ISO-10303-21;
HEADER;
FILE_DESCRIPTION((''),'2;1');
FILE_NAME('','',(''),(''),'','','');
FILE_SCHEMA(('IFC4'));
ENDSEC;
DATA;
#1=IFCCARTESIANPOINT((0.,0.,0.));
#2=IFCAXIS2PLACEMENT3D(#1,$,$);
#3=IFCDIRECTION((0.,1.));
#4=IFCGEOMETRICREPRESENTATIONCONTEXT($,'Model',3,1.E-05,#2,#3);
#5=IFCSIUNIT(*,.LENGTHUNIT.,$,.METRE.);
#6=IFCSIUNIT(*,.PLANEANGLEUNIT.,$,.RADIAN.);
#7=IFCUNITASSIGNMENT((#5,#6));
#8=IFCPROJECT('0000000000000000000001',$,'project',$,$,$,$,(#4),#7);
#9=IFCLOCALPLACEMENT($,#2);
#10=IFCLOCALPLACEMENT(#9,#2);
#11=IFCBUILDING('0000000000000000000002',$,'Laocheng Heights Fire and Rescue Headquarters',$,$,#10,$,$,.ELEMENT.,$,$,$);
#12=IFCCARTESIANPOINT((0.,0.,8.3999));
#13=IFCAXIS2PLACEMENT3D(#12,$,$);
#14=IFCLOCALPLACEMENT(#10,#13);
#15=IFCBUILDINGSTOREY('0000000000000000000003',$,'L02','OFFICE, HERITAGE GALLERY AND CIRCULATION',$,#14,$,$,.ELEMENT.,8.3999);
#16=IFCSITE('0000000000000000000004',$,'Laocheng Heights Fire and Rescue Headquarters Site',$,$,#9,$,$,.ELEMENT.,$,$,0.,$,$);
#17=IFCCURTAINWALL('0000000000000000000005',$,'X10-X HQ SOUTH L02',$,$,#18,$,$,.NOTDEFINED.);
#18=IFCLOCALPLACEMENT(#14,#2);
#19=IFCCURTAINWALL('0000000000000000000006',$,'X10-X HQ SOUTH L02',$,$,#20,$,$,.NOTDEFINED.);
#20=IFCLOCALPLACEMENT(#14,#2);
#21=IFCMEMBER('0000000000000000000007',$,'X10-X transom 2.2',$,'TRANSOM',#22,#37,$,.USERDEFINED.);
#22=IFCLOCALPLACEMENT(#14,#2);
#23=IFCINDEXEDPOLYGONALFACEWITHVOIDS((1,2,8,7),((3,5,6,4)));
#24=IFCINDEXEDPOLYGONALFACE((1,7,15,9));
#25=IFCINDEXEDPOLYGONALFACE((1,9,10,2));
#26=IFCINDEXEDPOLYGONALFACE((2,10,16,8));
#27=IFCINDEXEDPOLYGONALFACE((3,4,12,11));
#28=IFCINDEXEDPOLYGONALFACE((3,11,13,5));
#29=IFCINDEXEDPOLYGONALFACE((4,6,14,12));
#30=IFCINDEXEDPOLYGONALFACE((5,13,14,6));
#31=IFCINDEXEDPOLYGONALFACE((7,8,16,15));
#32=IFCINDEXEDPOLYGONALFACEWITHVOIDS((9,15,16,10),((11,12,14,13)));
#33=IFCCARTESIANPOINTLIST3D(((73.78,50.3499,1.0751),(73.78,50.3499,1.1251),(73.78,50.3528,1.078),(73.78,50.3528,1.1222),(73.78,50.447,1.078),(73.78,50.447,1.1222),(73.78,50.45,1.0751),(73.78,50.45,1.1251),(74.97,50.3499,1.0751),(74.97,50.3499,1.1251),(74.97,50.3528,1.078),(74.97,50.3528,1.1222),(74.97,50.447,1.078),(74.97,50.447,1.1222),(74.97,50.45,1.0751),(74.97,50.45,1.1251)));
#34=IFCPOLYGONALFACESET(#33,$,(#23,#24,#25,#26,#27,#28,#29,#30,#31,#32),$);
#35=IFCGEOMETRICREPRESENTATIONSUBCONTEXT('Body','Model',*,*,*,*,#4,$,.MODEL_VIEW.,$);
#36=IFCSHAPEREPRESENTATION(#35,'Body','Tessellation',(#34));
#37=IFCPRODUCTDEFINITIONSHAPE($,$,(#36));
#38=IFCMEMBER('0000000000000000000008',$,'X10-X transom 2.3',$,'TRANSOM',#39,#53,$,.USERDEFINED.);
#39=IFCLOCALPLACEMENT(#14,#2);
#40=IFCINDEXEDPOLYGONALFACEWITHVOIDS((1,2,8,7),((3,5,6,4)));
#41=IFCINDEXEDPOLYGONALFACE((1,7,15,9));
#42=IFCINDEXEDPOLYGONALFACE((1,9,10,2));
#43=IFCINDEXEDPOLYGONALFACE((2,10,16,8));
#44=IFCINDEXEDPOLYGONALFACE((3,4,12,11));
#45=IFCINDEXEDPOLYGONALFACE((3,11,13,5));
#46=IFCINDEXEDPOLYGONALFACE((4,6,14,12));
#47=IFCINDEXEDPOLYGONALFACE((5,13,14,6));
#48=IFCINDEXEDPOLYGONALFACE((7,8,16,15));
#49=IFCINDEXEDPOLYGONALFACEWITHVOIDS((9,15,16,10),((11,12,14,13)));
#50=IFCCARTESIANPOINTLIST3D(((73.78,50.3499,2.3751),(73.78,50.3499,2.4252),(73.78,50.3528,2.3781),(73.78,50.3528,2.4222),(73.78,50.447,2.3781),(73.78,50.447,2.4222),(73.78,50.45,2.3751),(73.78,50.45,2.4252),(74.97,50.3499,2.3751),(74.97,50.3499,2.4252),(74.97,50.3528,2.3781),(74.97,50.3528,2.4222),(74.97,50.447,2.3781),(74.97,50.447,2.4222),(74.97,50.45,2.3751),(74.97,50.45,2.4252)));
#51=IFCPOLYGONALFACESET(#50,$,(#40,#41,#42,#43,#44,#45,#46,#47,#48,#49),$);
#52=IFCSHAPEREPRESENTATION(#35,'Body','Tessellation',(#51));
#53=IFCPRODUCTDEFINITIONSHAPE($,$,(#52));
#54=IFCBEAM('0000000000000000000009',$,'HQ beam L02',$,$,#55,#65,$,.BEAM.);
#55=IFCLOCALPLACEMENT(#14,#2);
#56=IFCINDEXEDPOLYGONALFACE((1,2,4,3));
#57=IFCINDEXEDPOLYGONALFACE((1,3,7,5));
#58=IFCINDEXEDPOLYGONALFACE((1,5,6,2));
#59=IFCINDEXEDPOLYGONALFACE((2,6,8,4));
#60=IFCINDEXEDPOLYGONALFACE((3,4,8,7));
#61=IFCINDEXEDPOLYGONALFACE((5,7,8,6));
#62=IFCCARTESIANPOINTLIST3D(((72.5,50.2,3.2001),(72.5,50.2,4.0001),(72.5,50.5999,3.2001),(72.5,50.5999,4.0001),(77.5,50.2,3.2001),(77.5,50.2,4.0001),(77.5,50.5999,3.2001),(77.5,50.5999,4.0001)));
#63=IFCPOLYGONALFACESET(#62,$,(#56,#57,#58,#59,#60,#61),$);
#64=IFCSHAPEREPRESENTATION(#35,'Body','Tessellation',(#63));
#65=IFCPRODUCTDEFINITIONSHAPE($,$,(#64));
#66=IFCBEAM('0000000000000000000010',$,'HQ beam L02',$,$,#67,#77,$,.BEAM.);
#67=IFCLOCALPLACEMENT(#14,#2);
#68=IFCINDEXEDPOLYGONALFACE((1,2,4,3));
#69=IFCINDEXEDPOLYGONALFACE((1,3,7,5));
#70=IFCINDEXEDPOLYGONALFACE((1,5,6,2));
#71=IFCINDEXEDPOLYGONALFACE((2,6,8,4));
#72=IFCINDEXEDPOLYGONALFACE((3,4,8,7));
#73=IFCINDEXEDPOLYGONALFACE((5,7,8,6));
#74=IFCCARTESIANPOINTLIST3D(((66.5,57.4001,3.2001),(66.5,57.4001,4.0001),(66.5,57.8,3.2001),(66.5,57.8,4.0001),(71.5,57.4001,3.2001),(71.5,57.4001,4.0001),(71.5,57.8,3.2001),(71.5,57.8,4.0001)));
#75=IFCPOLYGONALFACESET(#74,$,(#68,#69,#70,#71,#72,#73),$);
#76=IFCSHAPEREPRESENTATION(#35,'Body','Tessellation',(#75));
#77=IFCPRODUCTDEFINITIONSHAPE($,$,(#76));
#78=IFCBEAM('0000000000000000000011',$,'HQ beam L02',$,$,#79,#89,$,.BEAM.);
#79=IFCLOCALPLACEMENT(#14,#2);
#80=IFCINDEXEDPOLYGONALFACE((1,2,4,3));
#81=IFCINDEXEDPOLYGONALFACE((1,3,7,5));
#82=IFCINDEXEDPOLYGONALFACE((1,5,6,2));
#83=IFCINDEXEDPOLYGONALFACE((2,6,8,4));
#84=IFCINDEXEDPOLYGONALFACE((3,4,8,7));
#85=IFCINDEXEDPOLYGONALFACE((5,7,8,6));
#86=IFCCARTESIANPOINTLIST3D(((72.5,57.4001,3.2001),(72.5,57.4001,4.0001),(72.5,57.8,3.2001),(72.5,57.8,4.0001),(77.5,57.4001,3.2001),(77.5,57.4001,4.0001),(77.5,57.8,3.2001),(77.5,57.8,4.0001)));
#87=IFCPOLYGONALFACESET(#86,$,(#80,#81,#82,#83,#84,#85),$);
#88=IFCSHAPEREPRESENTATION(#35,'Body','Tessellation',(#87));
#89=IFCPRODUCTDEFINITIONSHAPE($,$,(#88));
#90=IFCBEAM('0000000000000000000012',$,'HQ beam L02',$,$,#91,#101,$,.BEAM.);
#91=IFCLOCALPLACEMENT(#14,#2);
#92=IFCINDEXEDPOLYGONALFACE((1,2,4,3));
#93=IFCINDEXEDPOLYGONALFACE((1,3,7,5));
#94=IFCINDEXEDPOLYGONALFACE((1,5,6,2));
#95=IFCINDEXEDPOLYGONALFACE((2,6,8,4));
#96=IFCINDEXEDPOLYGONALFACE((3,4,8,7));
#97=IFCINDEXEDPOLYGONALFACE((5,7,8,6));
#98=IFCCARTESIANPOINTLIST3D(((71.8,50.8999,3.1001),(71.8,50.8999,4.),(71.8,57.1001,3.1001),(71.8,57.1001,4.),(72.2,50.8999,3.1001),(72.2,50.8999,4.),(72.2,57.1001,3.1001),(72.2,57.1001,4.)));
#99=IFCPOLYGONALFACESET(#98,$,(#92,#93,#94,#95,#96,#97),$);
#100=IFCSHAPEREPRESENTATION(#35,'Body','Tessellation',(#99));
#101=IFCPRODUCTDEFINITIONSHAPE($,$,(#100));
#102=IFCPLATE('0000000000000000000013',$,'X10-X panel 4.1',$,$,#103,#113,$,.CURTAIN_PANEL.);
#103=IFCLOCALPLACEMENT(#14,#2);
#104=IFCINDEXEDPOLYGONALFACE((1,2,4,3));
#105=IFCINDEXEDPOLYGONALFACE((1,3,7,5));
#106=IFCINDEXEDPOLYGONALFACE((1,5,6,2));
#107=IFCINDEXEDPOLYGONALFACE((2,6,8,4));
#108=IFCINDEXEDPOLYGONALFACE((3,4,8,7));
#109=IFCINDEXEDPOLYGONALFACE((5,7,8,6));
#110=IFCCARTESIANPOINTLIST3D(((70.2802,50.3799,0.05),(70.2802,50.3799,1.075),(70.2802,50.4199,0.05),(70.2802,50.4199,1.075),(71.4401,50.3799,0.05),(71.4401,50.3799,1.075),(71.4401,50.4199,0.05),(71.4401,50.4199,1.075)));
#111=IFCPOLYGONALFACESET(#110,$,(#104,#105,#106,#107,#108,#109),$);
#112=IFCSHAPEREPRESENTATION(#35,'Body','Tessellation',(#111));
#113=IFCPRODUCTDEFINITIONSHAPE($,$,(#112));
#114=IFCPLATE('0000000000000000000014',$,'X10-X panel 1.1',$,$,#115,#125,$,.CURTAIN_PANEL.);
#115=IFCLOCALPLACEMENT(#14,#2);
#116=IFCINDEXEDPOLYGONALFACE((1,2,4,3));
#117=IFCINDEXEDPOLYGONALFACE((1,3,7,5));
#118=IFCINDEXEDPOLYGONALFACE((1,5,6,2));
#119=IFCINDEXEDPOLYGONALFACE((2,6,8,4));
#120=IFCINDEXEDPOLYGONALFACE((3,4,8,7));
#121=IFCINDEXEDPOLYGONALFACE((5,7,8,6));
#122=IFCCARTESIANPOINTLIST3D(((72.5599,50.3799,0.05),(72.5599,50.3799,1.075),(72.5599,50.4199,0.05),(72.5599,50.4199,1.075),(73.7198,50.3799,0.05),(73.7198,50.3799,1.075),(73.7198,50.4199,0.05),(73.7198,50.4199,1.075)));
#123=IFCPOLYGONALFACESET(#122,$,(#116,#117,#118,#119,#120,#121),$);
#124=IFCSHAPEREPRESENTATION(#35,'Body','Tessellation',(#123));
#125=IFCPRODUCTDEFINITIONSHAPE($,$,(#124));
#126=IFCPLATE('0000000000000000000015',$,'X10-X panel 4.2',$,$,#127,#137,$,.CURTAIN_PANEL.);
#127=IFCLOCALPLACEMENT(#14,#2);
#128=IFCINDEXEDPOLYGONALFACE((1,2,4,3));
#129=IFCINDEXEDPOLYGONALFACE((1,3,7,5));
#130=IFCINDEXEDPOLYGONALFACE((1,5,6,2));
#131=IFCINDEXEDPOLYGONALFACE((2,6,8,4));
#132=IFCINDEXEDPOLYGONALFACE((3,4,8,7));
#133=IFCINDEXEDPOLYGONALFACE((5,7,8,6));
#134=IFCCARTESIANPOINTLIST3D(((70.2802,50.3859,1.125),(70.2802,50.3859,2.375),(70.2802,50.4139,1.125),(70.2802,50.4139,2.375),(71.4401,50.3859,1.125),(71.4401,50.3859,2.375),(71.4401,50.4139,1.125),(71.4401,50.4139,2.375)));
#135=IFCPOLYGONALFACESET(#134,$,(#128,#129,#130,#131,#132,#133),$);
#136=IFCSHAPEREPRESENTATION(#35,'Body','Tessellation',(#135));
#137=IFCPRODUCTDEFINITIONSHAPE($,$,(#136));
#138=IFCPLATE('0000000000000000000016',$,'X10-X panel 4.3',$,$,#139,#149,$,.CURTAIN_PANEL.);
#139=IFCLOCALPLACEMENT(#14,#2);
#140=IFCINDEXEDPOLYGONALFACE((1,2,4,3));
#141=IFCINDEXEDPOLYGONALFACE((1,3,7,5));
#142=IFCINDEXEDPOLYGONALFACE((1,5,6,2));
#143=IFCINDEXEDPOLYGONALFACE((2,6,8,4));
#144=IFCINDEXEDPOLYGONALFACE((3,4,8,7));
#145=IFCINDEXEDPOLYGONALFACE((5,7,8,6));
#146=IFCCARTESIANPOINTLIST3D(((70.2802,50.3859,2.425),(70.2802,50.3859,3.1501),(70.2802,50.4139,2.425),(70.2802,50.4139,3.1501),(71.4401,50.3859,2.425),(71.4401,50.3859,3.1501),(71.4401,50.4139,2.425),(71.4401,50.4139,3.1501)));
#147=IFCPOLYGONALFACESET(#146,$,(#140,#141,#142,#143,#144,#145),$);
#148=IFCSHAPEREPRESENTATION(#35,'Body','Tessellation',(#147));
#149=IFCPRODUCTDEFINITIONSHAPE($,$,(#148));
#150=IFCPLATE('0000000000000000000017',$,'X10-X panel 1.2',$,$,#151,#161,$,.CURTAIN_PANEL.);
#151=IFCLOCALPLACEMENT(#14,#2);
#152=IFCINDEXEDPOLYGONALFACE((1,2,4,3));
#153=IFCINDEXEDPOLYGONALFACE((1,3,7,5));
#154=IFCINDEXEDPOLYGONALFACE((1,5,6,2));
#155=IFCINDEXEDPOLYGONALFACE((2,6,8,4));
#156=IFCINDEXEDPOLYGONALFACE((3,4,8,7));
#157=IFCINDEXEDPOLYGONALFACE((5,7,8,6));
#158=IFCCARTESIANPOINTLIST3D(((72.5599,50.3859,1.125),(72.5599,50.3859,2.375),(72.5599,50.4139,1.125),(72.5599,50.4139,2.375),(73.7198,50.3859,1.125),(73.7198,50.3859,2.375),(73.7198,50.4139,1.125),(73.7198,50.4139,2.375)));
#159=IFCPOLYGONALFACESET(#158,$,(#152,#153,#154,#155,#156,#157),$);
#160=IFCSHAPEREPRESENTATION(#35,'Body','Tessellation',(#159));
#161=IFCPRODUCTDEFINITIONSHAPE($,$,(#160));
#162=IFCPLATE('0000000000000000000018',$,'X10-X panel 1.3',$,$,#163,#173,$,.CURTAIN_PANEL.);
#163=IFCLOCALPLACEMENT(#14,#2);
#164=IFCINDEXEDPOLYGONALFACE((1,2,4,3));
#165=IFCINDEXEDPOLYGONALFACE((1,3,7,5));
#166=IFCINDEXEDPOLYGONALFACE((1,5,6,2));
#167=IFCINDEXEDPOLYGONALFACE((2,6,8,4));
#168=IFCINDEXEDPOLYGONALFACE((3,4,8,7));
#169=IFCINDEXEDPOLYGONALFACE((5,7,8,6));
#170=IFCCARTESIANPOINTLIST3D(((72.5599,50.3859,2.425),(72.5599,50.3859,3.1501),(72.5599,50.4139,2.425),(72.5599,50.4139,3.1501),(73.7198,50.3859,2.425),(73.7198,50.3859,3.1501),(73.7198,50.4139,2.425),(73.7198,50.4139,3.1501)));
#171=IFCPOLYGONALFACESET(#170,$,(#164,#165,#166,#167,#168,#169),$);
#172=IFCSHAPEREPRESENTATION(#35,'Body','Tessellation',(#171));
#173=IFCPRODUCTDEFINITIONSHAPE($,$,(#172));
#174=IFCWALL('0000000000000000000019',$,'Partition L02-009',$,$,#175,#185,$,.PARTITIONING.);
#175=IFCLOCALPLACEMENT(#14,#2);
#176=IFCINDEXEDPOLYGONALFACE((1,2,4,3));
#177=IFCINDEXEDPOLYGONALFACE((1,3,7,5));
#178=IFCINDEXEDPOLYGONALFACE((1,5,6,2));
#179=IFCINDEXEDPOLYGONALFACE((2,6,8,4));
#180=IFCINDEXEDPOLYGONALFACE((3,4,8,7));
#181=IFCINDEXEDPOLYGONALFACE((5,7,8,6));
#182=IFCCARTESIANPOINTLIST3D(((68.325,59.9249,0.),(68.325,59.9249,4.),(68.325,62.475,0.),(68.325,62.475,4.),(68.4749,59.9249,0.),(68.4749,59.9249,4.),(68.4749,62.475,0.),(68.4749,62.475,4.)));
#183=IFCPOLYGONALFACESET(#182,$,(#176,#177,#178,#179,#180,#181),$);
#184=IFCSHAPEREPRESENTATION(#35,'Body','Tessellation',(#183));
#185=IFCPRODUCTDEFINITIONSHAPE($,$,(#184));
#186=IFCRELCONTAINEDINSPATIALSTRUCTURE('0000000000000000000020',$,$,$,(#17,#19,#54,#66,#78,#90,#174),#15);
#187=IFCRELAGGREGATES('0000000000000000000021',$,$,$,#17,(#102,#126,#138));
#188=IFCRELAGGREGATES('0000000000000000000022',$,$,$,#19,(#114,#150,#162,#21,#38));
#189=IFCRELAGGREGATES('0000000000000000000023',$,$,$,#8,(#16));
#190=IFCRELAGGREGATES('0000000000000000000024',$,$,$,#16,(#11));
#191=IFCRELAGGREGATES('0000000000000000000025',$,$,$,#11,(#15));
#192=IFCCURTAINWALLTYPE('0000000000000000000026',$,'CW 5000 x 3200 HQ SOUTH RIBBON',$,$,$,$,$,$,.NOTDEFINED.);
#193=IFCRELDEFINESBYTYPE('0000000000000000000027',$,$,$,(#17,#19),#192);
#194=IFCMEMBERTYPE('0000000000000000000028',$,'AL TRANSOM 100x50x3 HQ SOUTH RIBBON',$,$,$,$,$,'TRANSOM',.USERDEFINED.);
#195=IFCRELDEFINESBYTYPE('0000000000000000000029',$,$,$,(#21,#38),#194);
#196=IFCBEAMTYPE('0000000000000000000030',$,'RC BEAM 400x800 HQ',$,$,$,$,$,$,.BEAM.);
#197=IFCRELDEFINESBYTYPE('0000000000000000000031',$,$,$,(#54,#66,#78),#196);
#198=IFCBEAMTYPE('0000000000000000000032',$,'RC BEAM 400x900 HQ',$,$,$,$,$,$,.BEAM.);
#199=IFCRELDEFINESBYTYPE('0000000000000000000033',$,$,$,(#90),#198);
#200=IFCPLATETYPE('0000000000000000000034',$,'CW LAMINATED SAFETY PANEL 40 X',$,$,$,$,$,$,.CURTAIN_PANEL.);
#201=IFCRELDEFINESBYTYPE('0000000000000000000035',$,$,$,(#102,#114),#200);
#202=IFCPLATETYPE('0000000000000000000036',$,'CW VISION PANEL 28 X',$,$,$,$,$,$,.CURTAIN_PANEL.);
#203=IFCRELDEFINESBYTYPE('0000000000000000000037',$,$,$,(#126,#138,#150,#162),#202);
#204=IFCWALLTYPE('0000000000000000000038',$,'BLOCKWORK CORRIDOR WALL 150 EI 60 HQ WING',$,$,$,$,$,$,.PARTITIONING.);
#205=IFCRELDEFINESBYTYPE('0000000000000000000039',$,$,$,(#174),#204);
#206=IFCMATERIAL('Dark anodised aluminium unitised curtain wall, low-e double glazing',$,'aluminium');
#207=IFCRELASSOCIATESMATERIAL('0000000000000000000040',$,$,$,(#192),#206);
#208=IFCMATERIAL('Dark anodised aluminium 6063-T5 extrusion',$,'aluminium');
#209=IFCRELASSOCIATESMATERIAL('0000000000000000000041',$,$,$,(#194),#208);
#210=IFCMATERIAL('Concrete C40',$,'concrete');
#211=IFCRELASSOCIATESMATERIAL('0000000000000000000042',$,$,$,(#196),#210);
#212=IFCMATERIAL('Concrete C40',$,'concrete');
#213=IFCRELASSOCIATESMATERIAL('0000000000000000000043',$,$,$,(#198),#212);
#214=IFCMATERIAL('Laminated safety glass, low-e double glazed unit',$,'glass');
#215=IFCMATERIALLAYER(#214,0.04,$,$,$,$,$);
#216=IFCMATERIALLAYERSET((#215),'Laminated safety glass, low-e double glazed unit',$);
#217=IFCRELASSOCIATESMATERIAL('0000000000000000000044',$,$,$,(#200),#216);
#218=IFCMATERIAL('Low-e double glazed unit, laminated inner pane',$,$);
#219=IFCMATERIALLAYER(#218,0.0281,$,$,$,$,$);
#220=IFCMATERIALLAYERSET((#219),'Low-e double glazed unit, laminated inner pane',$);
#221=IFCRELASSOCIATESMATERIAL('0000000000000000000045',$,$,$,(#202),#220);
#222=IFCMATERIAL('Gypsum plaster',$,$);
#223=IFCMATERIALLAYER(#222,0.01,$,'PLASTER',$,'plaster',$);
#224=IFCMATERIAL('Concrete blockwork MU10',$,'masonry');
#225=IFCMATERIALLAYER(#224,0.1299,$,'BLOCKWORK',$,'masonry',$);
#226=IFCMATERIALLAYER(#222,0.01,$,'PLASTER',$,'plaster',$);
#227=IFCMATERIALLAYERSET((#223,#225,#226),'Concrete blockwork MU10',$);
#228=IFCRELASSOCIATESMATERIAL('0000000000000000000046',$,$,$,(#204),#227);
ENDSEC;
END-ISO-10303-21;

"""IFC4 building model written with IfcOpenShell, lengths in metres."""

from ifc_helpers import new_model, si_unit, direction, frame, frame_2d, origin, origin_2d, place, context, subcontext, project, spatial, rectangle, hollow_rectangle, extrude, material, layer, layer_set, material_profile, profile_set, type_object, element, aggregate, save


model = new_model("IFC4")

# Units and contexts
model_context = context("Model", 3, precision=1e-05, world=origin(), true_north=direction((0.0, 1.0)))
body_context = subcontext(model_context, "Body", "Model", "MODEL_VIEW")
ifc_project = project(units=[si_unit("LENGTHUNIT", "METRE"), si_unit("PLANEANGLEUNIT", "RADIAN")], contexts=[model_context])

# Site, building, storey
site_placement = place(None, origin())
site = spatial("IfcSite", under=ifc_project, at=site_placement, Name="Laocheng Heights Fire and Rescue Headquarters Site", CompositionType="ELEMENT", RefElevation=0.0)
building_placement = place(site_placement, origin())
building = spatial("IfcBuilding", under=site, at=building_placement, Name="Laocheng Heights Fire and Rescue Headquarters", CompositionType="ELEMENT")
storey_placement = place(building_placement, frame((0.0, 0.0, 8.3999)))
storey = spatial("IfcBuildingStorey", under=building, at=storey_placement, Name="L02", Description="OFFICE, HERITAGE GALLERY AND CIRCULATION", CompositionType="ELEMENT", Elevation=8.3999)

# Curtain wall
ifc_material_1 = material(Name="Dark anodised aluminium unitised curtain wall, low-e double glazing", Category="aluminium")
curtain_wall_type = type_object("IfcCurtainWallType", Name="CW 5000 x 3200 HQ SOUTH RIBBON", PredefinedType="NOTDEFINED", material=ifc_material_1)
curtain_wall_1_placement = place(storey_placement, origin())
curtain_wall_1 = element("IfcCurtainWall", 1, at=curtain_wall_1_placement, inside=storey, type_object=curtain_wall_type, Name="X10-X HQ SOUTH L02", PredefinedType="NOTDEFINED")

# Curtain wall
curtain_wall_2_placement = place(storey_placement, origin())
curtain_wall_2 = element("IfcCurtainWall", 2, at=curtain_wall_2_placement, inside=storey, type_object=curtain_wall_type, Name="X10-X HQ SOUTH L02", PredefinedType="NOTDEFINED")

# Members
ifc_material_2 = material(Name="Dark anodised aluminium 6063-T5 extrusion", Category="aluminium")
ifc_material_profile_1 = material_profile(ifc_material_2, hollow_rectangle(XDim=0.1001, YDim=0.05, WallThickness=0.0029, at=origin_2d()), Name="AL TRANSOM 100x50x3 HQ SOUTH RIBBON")
ifc_profile_set_1 = profile_set([ifc_material_profile_1], Name="Dark anodised aluminium 6063-T5 extrusion")
member_type_1 = type_object("IfcMemberType", Name="AL TRANSOM 100x50x3 HQ SOUTH RIBBON", ElementType="TRANSOM", PredefinedType="USERDEFINED", material=ifc_profile_set_1)
member_1_placement = place(storey_placement, frame((73.78, 50.3999, 1.1001), z_axis=(1.0, 0.0, 0.0), x_axis=(0.0, 1.0, 0.0)))
member_1 = element("IfcMember", 3, at=member_1_placement, type_object=member_type_1, Name="X10-X transom 2.2", ObjectType="TRANSOM", PredefinedType="USERDEFINED", context=body_context, shape_type="SweptSolid", body=[
    extrude(hollow_rectangle(XDim=0.1001, YDim=0.05, WallThickness=0.0029, at=origin_2d()), origin(), (0.0, 0.0, 1.0), 1.1899),
])
member_2_placement = place(storey_placement, frame((73.78, 50.3999, 2.4001), z_axis=(1.0, 0.0, 0.0), x_axis=(0.0, 1.0, 0.0)))
member_2 = element("IfcMember", 4, at=member_2_placement, type_object=member_type_1, Name="X10-X transom 2.3", ObjectType="TRANSOM", PredefinedType="USERDEFINED", context=body_context, shape_type="SweptSolid", body=[
    extrude(hollow_rectangle(XDim=0.1001, YDim=0.05, WallThickness=0.0029, at=origin_2d()), origin(), (0.0, 0.0, 1.0), 1.1899),
])

# Beams
ifc_material_3 = material(Name="Concrete C40", Category="concrete")
ifc_material_profile_2 = material_profile(ifc_material_3, rectangle(XDim=0.3999, YDim=0.8, at=origin_2d()), Name="RC BEAM 400x800 HQ")
ifc_profile_set_2 = profile_set([ifc_material_profile_2], Name="Concrete C40")
beam_type_1 = type_object("IfcBeamType", Name="RC BEAM 400x800 HQ", PredefinedType="BEAM", material=ifc_profile_set_2)
for number, where, z_axis, x_axis, name in (
    (5, (72.5, 50.3999, 3.6001), (1.0, 0.0, 0.0), (0.0, 1.0, 0.0), "HQ beam L02"),
    (6, (66.5, 57.6001, 3.6001), (1.0, 0.0, 0.0), (0.0, 1.0, 0.0), "HQ beam L02"),
    (7, (72.5, 57.6001, 3.6001), (1.0, 0.0, 0.0), (0.0, 1.0, 0.0), "HQ beam L02"),
):
    element("IfcBeam", number, at=place(storey_placement, frame(where, z_axis=z_axis, x_axis=x_axis)), inside=storey, type_object=beam_type_1, Name=name, PredefinedType="BEAM", context=body_context, shape_type="SweptSolid", body=[
        extrude(rectangle(XDim=0.3999, YDim=0.8, at=origin_2d()), origin(), (0.0, 0.0, 1.0), 5.0),
    ])
ifc_material_4 = material(Name="Concrete C40", Category="concrete")
ifc_material_profile_3 = material_profile(ifc_material_4, rectangle(XDim=0.3999, YDim=0.8999, at=origin_2d()), Name="RC BEAM 400x900 HQ")
ifc_profile_set_3 = profile_set([ifc_material_profile_3], Name="Concrete C40")
beam_type_2 = type_object("IfcBeamType", Name="RC BEAM 400x900 HQ", PredefinedType="BEAM", material=ifc_profile_set_3)
beam_placement = place(storey_placement, frame((72.0, 50.8999, 3.55), z_axis=(0.0, 1.0, 0.0), x_axis=(-1.0, 0.0, 0.0)))
element("IfcBeam", 8, at=beam_placement, inside=storey, type_object=beam_type_2, Name="HQ beam L02", PredefinedType="BEAM", context=body_context, shape_type="SweptSolid", body=[
    extrude(rectangle(XDim=0.3999, YDim=0.8999, at=origin_2d()), origin(), (0.0, 0.0, 1.0), 6.2002),
])

# Plates
ifc_material_5 = material(Name="Laminated safety glass, low-e double glazed unit", Category="glass")
ifc_layer_1 = layer(ifc_material_5, 0.04)
ifc_layer_set_1 = layer_set([ifc_layer_1], Name="Laminated safety glass, low-e double glazed unit")
plate_type_1 = type_object("IfcPlateType", Name="CW LAMINATED SAFETY PANEL 40 X", PredefinedType="CURTAIN_PANEL", material=ifc_layer_set_1)
plate_1_placement = place(storey_placement, frame((70.8601, 50.3999, 0.05), z_axis=(0.0, 0.0, 1.0), x_axis=(1.0, 0.0, 0.0)))
plate_1 = element("IfcPlate", 9, at=plate_1_placement, type_object=plate_type_1, Name="X10-X panel 4.1", PredefinedType="CURTAIN_PANEL", context=body_context, shape_type="SweptSolid", body=[
    extrude(rectangle(XDim=1.1599, YDim=0.04, at=origin_2d()), origin(), (0.0, 0.0, 1.0), 1.0249),
])
plate_2_placement = place(storey_placement, frame((73.1399, 50.3999, 0.05), z_axis=(0.0, 0.0, 1.0), x_axis=(1.0, 0.0, 0.0)))
plate_2 = element("IfcPlate", 10, at=plate_2_placement, type_object=plate_type_1, Name="X10-X panel 1.1", PredefinedType="CURTAIN_PANEL", context=body_context, shape_type="SweptSolid", body=[
    extrude(rectangle(XDim=1.1599, YDim=0.04, at=origin_2d()), origin(), (0.0, 0.0, 1.0), 1.0249),
])
ifc_material_6 = material(Name="Low-e double glazed unit, laminated inner pane")
ifc_layer_2 = layer(ifc_material_6, 0.0281)
ifc_layer_set_2 = layer_set([ifc_layer_2], Name="Low-e double glazed unit, laminated inner pane")
plate_type_2 = type_object("IfcPlateType", Name="CW VISION PANEL 28 X", PredefinedType="CURTAIN_PANEL", material=ifc_layer_set_2)
plate_3_placement = place(storey_placement, frame((70.8601, 50.3999, 1.125), z_axis=(0.0, 0.0, 1.0), x_axis=(1.0, 0.0, 0.0)))
plate_3 = element("IfcPlate", 11, at=plate_3_placement, type_object=plate_type_2, Name="X10-X panel 4.2", PredefinedType="CURTAIN_PANEL", context=body_context, shape_type="SweptSolid", body=[
    extrude(rectangle(XDim=1.1599, YDim=0.0281, at=origin_2d()), origin(), (0.0, 0.0, 1.0), 1.25),
])
plate_4_placement = place(storey_placement, frame((70.8601, 50.3999, 2.425), z_axis=(0.0, 0.0, 1.0), x_axis=(1.0, 0.0, 0.0)))
plate_4 = element("IfcPlate", 12, at=plate_4_placement, type_object=plate_type_2, Name="X10-X panel 4.3", PredefinedType="CURTAIN_PANEL", context=body_context, shape_type="SweptSolid", body=[
    extrude(rectangle(XDim=1.1599, YDim=0.0281, at=origin_2d()), origin(), (0.0, 0.0, 1.0), 0.7251),
])
aggregate(curtain_wall_1, [plate_1, plate_3, plate_4])
plate_5_placement = place(storey_placement, frame((73.1399, 50.3999, 1.125), z_axis=(0.0, 0.0, 1.0), x_axis=(1.0, 0.0, 0.0)))
plate_5 = element("IfcPlate", 13, at=plate_5_placement, type_object=plate_type_2, Name="X10-X panel 1.2", PredefinedType="CURTAIN_PANEL", context=body_context, shape_type="SweptSolid", body=[
    extrude(rectangle(XDim=1.1599, YDim=0.0281, at=origin_2d()), origin(), (0.0, 0.0, 1.0), 1.25),
])
plate_6_placement = place(storey_placement, frame((73.1399, 50.3999, 2.425), z_axis=(0.0, 0.0, 1.0), x_axis=(1.0, 0.0, 0.0)))
plate_6 = element("IfcPlate", 14, at=plate_6_placement, type_object=plate_type_2, Name="X10-X panel 1.3", PredefinedType="CURTAIN_PANEL", context=body_context, shape_type="SweptSolid", body=[
    extrude(rectangle(XDim=1.1599, YDim=0.0281, at=origin_2d()), origin(), (0.0, 0.0, 1.0), 0.7251),
])
aggregate(curtain_wall_2, [plate_2, plate_5, plate_6, member_1, member_2])

# Wall
ifc_material_7 = material(Name="Gypsum plaster")
ifc_layer_3 = layer(ifc_material_7, 0.01, Name="PLASTER", Category="plaster")
ifc_material_8 = material(Name="Concrete blockwork MU10", Category="masonry")
ifc_layer_4 = layer(ifc_material_8, 0.1299, Name="BLOCKWORK", Category="masonry")
ifc_layer_5 = layer(ifc_material_7, 0.01, Name="PLASTER", Category="plaster")
ifc_layer_set_3 = layer_set([ifc_layer_3, ifc_layer_4, ifc_layer_5], Name="Concrete blockwork MU10")
wall_type_1 = type_object("IfcWallType", Name="BLOCKWORK CORRIDOR WALL 150 EI 60 HQ WING", PredefinedType="PARTITIONING", material=ifc_layer_set_3)
wall_1_placement = place(storey_placement, frame((68.3999, 59.925, 0.0), z_axis=(0.0, 0.0, 1.0), x_axis=(0.0, 1.0, 0.0)))
element("IfcWall", 15, at=wall_1_placement, inside=storey, type_object=wall_type_1, Name="Partition L02-009", PredefinedType="PARTITIONING", context=body_context, shape_type="SweptSolid", body=[
    extrude(rectangle(XDim=2.55, YDim=0.1499, at=frame_2d((1.2749, 0.0))), origin(), (0.0, 0.0, 1.0), 4.0),
])

save(model, "model.ifc")
